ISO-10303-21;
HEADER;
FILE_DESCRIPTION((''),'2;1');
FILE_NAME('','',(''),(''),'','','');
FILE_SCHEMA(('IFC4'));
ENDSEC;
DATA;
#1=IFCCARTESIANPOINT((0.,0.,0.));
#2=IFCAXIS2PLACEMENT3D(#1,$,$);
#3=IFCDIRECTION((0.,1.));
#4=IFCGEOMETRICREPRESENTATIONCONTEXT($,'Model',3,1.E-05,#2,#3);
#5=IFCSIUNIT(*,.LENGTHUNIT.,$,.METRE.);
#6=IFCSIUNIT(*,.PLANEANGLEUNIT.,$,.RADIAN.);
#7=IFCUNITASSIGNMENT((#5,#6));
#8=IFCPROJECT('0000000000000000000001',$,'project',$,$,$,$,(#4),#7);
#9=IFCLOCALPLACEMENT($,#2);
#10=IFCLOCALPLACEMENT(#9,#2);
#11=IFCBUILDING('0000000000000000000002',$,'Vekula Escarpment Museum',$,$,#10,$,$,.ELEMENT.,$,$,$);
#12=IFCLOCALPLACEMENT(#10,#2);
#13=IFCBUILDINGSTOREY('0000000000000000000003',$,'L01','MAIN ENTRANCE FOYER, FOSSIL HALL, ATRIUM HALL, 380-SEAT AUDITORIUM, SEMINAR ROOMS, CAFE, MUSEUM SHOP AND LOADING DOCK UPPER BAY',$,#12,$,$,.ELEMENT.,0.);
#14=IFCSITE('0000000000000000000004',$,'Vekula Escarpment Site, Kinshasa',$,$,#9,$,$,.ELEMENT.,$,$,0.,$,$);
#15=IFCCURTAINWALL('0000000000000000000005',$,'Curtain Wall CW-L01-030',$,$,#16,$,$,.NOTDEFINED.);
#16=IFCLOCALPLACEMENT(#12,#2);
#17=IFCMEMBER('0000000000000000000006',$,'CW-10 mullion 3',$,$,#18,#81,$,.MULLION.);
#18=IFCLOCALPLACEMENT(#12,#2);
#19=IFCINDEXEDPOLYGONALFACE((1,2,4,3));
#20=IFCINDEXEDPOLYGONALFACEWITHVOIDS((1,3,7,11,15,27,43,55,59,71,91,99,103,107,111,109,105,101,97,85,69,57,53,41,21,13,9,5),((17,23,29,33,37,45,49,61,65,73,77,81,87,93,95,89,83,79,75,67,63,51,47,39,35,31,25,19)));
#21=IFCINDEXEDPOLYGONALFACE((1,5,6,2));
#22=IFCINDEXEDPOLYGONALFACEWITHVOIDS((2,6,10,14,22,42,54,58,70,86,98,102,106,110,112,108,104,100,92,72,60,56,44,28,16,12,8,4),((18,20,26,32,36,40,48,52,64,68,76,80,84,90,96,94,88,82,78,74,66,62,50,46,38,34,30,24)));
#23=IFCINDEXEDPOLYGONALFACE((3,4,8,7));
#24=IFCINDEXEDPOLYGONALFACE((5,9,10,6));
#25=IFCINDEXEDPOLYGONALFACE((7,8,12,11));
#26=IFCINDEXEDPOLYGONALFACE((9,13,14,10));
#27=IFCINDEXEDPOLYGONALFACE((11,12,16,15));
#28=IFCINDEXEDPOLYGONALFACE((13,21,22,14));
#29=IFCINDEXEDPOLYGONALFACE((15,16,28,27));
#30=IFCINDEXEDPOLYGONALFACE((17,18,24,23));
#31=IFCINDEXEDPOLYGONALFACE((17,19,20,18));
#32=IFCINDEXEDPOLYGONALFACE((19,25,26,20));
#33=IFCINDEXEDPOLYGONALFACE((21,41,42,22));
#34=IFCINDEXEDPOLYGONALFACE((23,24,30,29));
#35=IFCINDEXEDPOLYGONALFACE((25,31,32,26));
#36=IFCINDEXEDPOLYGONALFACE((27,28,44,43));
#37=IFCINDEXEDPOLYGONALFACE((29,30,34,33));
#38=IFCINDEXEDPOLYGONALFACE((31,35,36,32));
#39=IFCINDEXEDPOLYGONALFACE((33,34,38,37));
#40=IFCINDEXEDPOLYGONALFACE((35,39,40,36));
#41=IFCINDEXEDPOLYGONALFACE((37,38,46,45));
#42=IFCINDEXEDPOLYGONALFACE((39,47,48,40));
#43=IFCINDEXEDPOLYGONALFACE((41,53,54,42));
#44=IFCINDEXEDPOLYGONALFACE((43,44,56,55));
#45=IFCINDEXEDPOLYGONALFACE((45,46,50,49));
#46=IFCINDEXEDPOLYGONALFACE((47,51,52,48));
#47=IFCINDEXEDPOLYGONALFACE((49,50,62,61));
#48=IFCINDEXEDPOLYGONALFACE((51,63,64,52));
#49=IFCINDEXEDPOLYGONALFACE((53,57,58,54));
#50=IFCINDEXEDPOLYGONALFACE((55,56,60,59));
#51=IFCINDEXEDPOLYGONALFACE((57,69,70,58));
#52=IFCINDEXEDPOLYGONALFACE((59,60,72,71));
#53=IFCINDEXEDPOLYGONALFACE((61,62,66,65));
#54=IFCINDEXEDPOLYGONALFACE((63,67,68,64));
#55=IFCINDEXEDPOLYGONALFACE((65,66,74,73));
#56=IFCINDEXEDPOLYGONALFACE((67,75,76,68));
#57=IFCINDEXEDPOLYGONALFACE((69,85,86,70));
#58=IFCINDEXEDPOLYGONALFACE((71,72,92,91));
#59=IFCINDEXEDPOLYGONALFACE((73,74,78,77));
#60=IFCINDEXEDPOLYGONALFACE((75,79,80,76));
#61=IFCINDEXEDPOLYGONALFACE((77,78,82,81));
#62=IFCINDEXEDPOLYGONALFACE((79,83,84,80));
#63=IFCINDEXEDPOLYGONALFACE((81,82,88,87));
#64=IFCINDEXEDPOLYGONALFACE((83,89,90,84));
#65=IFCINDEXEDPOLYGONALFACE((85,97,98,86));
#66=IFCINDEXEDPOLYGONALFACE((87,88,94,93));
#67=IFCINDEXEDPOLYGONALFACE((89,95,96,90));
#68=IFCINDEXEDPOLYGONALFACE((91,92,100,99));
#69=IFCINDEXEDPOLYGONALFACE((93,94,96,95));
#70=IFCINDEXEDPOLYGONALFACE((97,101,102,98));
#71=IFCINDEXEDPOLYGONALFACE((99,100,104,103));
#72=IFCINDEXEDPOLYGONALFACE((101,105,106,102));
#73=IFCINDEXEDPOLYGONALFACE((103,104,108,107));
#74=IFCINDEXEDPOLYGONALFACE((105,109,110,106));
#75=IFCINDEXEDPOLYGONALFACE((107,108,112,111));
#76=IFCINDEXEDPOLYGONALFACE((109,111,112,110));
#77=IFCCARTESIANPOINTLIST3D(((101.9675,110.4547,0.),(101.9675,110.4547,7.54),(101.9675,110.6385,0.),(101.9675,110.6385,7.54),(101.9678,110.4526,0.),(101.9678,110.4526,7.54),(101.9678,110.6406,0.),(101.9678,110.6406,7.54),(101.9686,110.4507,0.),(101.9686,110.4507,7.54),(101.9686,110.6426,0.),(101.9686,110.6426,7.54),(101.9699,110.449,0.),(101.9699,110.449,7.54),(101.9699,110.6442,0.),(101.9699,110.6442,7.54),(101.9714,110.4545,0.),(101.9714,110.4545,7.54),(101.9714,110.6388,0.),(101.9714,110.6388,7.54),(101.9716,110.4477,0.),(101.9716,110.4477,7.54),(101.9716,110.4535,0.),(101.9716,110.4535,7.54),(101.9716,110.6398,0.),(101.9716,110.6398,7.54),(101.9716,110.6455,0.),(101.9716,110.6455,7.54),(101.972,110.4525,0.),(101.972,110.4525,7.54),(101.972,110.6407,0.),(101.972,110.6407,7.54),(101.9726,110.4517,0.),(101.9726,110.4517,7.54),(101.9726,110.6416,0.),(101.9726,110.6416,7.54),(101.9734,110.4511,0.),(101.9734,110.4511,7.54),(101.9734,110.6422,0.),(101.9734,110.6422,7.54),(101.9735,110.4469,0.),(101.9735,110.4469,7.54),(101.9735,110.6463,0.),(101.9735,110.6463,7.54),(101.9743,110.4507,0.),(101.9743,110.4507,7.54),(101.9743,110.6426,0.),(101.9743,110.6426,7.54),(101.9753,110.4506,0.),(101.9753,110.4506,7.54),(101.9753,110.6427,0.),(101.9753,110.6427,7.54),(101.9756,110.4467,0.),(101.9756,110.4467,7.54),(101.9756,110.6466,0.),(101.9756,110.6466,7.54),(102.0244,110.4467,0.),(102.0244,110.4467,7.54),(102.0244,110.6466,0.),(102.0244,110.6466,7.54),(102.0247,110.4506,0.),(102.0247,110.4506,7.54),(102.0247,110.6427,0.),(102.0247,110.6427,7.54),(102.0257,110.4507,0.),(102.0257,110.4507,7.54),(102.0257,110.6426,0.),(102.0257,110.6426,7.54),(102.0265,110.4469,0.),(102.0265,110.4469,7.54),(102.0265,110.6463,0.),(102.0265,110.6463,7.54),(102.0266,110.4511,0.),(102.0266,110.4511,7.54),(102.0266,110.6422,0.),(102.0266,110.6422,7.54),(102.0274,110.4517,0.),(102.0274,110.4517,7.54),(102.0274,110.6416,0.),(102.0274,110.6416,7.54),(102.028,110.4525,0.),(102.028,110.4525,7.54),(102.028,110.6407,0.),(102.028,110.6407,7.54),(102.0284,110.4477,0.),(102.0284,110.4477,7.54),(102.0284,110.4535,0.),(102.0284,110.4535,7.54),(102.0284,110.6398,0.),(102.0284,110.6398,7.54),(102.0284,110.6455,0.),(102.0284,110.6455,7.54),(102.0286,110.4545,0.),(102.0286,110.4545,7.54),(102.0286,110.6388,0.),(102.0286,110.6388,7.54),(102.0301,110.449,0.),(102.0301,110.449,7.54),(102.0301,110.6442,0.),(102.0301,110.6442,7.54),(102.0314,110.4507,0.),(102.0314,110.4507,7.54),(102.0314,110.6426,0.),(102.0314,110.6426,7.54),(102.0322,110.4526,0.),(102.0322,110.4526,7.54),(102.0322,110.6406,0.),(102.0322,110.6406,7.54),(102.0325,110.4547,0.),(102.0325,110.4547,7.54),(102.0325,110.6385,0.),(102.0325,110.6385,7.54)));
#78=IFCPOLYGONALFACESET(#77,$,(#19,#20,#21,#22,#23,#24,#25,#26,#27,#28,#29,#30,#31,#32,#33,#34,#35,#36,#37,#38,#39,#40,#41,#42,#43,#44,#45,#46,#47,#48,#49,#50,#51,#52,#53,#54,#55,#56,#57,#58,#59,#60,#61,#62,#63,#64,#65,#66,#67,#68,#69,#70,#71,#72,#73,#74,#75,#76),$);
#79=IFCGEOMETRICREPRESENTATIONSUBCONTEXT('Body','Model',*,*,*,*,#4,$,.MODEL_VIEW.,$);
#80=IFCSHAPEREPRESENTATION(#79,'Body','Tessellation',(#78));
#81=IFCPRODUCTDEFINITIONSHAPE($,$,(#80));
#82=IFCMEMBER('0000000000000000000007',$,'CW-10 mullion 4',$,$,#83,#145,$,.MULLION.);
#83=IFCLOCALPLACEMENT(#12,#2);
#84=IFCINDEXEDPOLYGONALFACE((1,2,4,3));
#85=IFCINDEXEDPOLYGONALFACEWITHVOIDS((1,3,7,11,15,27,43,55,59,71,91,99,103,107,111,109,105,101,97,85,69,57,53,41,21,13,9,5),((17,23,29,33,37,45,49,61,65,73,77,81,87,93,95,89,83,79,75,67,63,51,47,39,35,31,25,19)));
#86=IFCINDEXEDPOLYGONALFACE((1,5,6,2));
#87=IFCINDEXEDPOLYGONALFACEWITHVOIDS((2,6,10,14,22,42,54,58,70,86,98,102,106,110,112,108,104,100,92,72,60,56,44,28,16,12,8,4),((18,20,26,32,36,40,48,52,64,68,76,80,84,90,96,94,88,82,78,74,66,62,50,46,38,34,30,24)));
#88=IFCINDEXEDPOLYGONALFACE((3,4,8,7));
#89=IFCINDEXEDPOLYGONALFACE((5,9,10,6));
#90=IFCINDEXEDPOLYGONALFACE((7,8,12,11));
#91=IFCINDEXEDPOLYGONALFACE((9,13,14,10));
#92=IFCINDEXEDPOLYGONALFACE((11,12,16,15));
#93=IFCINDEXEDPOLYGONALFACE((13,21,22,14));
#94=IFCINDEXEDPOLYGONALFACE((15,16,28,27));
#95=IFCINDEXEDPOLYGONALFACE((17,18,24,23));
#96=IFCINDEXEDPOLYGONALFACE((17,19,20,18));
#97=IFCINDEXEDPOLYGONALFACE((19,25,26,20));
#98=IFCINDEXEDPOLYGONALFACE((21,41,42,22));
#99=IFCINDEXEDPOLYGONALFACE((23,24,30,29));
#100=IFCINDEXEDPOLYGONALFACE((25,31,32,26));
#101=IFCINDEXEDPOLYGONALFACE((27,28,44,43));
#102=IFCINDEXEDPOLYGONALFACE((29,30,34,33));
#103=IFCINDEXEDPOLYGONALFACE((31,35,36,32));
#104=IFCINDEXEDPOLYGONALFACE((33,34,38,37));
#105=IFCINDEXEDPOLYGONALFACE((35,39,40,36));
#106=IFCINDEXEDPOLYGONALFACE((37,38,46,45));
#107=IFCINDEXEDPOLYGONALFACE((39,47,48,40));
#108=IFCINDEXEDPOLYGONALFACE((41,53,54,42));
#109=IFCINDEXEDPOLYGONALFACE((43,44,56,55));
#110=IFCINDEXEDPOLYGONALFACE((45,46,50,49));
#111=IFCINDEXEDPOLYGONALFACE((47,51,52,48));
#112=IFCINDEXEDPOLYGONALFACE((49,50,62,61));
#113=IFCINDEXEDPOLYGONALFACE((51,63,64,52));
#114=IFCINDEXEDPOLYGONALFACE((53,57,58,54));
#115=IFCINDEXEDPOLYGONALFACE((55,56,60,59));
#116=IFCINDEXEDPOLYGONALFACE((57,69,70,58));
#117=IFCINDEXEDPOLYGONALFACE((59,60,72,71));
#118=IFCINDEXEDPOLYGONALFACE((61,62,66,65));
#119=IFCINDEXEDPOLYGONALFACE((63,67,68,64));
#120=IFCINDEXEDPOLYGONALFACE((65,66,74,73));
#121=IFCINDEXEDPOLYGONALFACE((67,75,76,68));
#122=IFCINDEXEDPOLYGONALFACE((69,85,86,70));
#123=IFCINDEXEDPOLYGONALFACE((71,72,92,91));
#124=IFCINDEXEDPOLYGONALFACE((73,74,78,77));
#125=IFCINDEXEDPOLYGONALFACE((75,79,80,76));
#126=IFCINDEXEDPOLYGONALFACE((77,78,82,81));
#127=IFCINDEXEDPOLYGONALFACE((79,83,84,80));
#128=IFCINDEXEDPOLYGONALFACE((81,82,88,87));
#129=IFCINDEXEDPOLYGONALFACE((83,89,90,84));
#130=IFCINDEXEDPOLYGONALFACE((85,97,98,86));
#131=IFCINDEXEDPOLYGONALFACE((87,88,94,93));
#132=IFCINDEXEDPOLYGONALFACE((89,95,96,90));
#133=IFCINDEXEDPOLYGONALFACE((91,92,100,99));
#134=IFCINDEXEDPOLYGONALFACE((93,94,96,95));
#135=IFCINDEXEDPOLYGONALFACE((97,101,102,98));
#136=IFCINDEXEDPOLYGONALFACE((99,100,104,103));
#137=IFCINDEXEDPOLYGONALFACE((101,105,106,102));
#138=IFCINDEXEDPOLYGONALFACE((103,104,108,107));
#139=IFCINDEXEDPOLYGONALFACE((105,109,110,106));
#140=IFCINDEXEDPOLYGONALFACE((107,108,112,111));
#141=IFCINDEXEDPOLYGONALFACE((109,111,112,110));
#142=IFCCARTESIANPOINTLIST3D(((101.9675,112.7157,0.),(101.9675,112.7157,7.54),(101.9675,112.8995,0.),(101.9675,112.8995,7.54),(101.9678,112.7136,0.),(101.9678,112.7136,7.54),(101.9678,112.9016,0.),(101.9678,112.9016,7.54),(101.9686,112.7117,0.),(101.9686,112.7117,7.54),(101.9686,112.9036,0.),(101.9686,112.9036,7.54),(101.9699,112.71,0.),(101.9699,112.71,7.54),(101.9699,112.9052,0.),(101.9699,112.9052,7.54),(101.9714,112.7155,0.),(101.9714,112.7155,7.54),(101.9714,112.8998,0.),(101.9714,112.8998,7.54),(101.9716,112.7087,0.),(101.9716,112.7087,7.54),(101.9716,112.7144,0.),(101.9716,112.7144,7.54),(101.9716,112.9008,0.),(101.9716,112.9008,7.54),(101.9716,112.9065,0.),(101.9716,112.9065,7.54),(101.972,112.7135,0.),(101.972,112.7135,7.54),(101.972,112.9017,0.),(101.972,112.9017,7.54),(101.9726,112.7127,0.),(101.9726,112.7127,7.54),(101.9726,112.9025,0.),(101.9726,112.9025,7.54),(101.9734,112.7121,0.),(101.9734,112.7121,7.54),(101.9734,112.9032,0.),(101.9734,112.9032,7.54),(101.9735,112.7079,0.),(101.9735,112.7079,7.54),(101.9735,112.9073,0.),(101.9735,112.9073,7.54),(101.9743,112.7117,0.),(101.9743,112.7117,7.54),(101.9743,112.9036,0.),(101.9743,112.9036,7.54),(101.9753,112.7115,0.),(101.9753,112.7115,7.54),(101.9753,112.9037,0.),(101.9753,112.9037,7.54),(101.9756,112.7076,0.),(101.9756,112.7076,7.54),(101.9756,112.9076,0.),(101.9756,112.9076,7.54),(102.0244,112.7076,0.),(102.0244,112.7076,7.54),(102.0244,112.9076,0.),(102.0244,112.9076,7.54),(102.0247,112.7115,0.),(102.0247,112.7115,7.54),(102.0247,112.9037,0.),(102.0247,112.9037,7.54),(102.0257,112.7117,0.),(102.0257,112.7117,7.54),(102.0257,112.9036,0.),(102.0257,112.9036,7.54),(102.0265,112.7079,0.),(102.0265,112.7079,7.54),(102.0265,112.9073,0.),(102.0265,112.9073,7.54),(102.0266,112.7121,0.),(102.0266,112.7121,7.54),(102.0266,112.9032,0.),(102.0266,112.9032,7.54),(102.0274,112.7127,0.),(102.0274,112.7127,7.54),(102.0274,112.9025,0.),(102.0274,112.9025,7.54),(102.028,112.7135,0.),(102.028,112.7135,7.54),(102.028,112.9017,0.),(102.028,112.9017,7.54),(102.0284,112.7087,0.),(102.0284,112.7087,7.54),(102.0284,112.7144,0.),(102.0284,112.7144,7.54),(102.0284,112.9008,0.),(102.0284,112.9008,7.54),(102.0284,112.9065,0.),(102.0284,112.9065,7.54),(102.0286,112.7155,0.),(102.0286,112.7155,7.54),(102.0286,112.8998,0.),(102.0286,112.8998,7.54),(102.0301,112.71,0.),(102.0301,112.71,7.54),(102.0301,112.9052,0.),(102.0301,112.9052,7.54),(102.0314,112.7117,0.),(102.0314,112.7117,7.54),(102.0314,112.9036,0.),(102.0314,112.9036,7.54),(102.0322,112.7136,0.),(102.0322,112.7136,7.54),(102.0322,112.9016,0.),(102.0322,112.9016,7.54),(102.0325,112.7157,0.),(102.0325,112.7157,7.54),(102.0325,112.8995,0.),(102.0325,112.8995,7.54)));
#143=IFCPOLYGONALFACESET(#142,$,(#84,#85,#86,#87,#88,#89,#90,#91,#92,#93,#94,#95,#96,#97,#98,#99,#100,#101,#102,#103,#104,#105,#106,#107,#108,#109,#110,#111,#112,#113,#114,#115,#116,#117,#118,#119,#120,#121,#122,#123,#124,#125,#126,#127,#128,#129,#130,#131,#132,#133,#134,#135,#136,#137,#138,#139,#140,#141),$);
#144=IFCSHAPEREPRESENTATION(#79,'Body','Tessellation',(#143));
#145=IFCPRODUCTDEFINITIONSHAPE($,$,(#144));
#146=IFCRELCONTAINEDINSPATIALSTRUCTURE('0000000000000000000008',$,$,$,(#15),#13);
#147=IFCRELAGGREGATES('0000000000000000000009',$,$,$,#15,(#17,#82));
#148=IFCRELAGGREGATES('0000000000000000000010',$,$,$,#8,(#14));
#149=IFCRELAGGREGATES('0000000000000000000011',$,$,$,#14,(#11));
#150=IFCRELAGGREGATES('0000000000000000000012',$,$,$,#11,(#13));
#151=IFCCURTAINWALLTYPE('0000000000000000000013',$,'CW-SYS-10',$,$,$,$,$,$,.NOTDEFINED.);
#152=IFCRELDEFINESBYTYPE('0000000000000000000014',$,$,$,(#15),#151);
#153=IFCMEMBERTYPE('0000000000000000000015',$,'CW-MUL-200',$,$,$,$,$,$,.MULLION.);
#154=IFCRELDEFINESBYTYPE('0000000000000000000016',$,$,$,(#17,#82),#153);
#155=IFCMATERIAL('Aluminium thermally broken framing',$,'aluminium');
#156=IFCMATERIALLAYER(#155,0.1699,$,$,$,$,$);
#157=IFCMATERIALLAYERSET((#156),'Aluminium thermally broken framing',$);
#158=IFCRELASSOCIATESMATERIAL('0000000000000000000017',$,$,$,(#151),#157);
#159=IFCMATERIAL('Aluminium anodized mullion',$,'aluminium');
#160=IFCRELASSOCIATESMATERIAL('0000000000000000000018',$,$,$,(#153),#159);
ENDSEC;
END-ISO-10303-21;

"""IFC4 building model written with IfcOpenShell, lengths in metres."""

from ifc_helpers import new_model, si_unit, direction, frame, origin, origin_2d, place, context, subcontext, project, spatial, hollow_rectangle, extrude, material, layer, layer_set, material_profile, profile_set, type_object, element, aggregate, save


model = new_model("IFC4")

# Units and contexts
model_context = context("Model", 3, precision=1e-05, world=origin(), true_north=direction((0.0, 1.0)))
body_context = subcontext(model_context, "Body", "Model", "MODEL_VIEW")
ifc_project = project(units=[si_unit("LENGTHUNIT", "METRE"), si_unit("PLANEANGLEUNIT", "RADIAN")], contexts=[model_context])

# Site, building, storey
site_placement = place(None, origin())
site = spatial("IfcSite", under=ifc_project, at=site_placement, Name="Vekula Escarpment Site, Kinshasa", CompositionType="ELEMENT", RefElevation=0.0)
building_placement = place(site_placement, origin())
building = spatial("IfcBuilding", under=site, at=building_placement, Name="Vekula Escarpment Museum", CompositionType="ELEMENT")
storey_placement = place(building_placement, origin())
storey = spatial("IfcBuildingStorey", under=building, at=storey_placement, Name="L01", Description="MAIN ENTRANCE FOYER, FOSSIL HALL, ATRIUM HALL, 380-SEAT AUDITORIUM, SEMINAR ROOMS, CAFE, MUSEUM SHOP AND LOADING DOCK UPPER BAY", CompositionType="ELEMENT", Elevation=0.0)

# Curtain wall, members
ifc_material_1 = material(Name="Aluminium thermally broken framing", Category="aluminium")
ifc_layer_1 = layer(ifc_material_1, 0.1699)
ifc_layer_set_1 = layer_set([ifc_layer_1], Name="Aluminium thermally broken framing")
curtain_wall_type = type_object("IfcCurtainWallType", Name="CW-SYS-10", PredefinedType="NOTDEFINED", material=ifc_layer_set_1)
curtain_wall_placement = place(storey_placement, origin())
curtain_wall = element("IfcCurtainWall", 1, at=curtain_wall_placement, inside=storey, type_object=curtain_wall_type, Name="Curtain Wall CW-L01-030", PredefinedType="NOTDEFINED")
ifc_material_2 = material(Name="Aluminium anodized mullion", Category="aluminium")
ifc_material_profile_1 = material_profile(ifc_material_2, hollow_rectangle(XDim=0.0649, YDim=0.2, WallThickness=0.0039, InnerFilletRadius=0.0039, OuterFilletRadius=0.0081, at=origin_2d()), Name="ALU 200x65x4")
ifc_profile_set_1 = profile_set([ifc_material_profile_1], Name="Aluminium anodized mullion")
member_type_1 = type_object("IfcMemberType", Name="CW-MUL-200", PredefinedType="MULLION", material=ifc_profile_set_1)
member_1_placement = place(storey_placement, frame((102.0, 110.5466, 0.0), z_axis=(0.0, 0.0, 1.0), x_axis=(-1.0, 0.0, 0.0)))
member_1 = element("IfcMember", 2, at=member_1_placement, type_object=member_type_1, Name="CW-10 mullion 3", PredefinedType="MULLION", context=body_context, shape_type="SweptSolid", body=[
    extrude(hollow_rectangle(XDim=0.0649, YDim=0.2, WallThickness=0.0039, InnerFilletRadius=0.0039, OuterFilletRadius=0.0081, at=origin_2d()), origin(), (0.0, 0.0, 1.0), 7.54),
])
member_2_placement = place(storey_placement, frame((102.0, 112.8076, 0.0), z_axis=(0.0, 0.0, 1.0), x_axis=(-1.0, 0.0, 0.0)))
member_2 = element("IfcMember", 3, at=member_2_placement, type_object=member_type_1, Name="CW-10 mullion 4", PredefinedType="MULLION", context=body_context, shape_type="SweptSolid", body=[
    extrude(hollow_rectangle(XDim=0.0649, YDim=0.2, WallThickness=0.0039, InnerFilletRadius=0.0039, OuterFilletRadius=0.0081, at=origin_2d()), origin(), (0.0, 0.0, 1.0), 7.54),
])
aggregate(curtain_wall, [member_1, member_2])

save(model, "model.ifc")
